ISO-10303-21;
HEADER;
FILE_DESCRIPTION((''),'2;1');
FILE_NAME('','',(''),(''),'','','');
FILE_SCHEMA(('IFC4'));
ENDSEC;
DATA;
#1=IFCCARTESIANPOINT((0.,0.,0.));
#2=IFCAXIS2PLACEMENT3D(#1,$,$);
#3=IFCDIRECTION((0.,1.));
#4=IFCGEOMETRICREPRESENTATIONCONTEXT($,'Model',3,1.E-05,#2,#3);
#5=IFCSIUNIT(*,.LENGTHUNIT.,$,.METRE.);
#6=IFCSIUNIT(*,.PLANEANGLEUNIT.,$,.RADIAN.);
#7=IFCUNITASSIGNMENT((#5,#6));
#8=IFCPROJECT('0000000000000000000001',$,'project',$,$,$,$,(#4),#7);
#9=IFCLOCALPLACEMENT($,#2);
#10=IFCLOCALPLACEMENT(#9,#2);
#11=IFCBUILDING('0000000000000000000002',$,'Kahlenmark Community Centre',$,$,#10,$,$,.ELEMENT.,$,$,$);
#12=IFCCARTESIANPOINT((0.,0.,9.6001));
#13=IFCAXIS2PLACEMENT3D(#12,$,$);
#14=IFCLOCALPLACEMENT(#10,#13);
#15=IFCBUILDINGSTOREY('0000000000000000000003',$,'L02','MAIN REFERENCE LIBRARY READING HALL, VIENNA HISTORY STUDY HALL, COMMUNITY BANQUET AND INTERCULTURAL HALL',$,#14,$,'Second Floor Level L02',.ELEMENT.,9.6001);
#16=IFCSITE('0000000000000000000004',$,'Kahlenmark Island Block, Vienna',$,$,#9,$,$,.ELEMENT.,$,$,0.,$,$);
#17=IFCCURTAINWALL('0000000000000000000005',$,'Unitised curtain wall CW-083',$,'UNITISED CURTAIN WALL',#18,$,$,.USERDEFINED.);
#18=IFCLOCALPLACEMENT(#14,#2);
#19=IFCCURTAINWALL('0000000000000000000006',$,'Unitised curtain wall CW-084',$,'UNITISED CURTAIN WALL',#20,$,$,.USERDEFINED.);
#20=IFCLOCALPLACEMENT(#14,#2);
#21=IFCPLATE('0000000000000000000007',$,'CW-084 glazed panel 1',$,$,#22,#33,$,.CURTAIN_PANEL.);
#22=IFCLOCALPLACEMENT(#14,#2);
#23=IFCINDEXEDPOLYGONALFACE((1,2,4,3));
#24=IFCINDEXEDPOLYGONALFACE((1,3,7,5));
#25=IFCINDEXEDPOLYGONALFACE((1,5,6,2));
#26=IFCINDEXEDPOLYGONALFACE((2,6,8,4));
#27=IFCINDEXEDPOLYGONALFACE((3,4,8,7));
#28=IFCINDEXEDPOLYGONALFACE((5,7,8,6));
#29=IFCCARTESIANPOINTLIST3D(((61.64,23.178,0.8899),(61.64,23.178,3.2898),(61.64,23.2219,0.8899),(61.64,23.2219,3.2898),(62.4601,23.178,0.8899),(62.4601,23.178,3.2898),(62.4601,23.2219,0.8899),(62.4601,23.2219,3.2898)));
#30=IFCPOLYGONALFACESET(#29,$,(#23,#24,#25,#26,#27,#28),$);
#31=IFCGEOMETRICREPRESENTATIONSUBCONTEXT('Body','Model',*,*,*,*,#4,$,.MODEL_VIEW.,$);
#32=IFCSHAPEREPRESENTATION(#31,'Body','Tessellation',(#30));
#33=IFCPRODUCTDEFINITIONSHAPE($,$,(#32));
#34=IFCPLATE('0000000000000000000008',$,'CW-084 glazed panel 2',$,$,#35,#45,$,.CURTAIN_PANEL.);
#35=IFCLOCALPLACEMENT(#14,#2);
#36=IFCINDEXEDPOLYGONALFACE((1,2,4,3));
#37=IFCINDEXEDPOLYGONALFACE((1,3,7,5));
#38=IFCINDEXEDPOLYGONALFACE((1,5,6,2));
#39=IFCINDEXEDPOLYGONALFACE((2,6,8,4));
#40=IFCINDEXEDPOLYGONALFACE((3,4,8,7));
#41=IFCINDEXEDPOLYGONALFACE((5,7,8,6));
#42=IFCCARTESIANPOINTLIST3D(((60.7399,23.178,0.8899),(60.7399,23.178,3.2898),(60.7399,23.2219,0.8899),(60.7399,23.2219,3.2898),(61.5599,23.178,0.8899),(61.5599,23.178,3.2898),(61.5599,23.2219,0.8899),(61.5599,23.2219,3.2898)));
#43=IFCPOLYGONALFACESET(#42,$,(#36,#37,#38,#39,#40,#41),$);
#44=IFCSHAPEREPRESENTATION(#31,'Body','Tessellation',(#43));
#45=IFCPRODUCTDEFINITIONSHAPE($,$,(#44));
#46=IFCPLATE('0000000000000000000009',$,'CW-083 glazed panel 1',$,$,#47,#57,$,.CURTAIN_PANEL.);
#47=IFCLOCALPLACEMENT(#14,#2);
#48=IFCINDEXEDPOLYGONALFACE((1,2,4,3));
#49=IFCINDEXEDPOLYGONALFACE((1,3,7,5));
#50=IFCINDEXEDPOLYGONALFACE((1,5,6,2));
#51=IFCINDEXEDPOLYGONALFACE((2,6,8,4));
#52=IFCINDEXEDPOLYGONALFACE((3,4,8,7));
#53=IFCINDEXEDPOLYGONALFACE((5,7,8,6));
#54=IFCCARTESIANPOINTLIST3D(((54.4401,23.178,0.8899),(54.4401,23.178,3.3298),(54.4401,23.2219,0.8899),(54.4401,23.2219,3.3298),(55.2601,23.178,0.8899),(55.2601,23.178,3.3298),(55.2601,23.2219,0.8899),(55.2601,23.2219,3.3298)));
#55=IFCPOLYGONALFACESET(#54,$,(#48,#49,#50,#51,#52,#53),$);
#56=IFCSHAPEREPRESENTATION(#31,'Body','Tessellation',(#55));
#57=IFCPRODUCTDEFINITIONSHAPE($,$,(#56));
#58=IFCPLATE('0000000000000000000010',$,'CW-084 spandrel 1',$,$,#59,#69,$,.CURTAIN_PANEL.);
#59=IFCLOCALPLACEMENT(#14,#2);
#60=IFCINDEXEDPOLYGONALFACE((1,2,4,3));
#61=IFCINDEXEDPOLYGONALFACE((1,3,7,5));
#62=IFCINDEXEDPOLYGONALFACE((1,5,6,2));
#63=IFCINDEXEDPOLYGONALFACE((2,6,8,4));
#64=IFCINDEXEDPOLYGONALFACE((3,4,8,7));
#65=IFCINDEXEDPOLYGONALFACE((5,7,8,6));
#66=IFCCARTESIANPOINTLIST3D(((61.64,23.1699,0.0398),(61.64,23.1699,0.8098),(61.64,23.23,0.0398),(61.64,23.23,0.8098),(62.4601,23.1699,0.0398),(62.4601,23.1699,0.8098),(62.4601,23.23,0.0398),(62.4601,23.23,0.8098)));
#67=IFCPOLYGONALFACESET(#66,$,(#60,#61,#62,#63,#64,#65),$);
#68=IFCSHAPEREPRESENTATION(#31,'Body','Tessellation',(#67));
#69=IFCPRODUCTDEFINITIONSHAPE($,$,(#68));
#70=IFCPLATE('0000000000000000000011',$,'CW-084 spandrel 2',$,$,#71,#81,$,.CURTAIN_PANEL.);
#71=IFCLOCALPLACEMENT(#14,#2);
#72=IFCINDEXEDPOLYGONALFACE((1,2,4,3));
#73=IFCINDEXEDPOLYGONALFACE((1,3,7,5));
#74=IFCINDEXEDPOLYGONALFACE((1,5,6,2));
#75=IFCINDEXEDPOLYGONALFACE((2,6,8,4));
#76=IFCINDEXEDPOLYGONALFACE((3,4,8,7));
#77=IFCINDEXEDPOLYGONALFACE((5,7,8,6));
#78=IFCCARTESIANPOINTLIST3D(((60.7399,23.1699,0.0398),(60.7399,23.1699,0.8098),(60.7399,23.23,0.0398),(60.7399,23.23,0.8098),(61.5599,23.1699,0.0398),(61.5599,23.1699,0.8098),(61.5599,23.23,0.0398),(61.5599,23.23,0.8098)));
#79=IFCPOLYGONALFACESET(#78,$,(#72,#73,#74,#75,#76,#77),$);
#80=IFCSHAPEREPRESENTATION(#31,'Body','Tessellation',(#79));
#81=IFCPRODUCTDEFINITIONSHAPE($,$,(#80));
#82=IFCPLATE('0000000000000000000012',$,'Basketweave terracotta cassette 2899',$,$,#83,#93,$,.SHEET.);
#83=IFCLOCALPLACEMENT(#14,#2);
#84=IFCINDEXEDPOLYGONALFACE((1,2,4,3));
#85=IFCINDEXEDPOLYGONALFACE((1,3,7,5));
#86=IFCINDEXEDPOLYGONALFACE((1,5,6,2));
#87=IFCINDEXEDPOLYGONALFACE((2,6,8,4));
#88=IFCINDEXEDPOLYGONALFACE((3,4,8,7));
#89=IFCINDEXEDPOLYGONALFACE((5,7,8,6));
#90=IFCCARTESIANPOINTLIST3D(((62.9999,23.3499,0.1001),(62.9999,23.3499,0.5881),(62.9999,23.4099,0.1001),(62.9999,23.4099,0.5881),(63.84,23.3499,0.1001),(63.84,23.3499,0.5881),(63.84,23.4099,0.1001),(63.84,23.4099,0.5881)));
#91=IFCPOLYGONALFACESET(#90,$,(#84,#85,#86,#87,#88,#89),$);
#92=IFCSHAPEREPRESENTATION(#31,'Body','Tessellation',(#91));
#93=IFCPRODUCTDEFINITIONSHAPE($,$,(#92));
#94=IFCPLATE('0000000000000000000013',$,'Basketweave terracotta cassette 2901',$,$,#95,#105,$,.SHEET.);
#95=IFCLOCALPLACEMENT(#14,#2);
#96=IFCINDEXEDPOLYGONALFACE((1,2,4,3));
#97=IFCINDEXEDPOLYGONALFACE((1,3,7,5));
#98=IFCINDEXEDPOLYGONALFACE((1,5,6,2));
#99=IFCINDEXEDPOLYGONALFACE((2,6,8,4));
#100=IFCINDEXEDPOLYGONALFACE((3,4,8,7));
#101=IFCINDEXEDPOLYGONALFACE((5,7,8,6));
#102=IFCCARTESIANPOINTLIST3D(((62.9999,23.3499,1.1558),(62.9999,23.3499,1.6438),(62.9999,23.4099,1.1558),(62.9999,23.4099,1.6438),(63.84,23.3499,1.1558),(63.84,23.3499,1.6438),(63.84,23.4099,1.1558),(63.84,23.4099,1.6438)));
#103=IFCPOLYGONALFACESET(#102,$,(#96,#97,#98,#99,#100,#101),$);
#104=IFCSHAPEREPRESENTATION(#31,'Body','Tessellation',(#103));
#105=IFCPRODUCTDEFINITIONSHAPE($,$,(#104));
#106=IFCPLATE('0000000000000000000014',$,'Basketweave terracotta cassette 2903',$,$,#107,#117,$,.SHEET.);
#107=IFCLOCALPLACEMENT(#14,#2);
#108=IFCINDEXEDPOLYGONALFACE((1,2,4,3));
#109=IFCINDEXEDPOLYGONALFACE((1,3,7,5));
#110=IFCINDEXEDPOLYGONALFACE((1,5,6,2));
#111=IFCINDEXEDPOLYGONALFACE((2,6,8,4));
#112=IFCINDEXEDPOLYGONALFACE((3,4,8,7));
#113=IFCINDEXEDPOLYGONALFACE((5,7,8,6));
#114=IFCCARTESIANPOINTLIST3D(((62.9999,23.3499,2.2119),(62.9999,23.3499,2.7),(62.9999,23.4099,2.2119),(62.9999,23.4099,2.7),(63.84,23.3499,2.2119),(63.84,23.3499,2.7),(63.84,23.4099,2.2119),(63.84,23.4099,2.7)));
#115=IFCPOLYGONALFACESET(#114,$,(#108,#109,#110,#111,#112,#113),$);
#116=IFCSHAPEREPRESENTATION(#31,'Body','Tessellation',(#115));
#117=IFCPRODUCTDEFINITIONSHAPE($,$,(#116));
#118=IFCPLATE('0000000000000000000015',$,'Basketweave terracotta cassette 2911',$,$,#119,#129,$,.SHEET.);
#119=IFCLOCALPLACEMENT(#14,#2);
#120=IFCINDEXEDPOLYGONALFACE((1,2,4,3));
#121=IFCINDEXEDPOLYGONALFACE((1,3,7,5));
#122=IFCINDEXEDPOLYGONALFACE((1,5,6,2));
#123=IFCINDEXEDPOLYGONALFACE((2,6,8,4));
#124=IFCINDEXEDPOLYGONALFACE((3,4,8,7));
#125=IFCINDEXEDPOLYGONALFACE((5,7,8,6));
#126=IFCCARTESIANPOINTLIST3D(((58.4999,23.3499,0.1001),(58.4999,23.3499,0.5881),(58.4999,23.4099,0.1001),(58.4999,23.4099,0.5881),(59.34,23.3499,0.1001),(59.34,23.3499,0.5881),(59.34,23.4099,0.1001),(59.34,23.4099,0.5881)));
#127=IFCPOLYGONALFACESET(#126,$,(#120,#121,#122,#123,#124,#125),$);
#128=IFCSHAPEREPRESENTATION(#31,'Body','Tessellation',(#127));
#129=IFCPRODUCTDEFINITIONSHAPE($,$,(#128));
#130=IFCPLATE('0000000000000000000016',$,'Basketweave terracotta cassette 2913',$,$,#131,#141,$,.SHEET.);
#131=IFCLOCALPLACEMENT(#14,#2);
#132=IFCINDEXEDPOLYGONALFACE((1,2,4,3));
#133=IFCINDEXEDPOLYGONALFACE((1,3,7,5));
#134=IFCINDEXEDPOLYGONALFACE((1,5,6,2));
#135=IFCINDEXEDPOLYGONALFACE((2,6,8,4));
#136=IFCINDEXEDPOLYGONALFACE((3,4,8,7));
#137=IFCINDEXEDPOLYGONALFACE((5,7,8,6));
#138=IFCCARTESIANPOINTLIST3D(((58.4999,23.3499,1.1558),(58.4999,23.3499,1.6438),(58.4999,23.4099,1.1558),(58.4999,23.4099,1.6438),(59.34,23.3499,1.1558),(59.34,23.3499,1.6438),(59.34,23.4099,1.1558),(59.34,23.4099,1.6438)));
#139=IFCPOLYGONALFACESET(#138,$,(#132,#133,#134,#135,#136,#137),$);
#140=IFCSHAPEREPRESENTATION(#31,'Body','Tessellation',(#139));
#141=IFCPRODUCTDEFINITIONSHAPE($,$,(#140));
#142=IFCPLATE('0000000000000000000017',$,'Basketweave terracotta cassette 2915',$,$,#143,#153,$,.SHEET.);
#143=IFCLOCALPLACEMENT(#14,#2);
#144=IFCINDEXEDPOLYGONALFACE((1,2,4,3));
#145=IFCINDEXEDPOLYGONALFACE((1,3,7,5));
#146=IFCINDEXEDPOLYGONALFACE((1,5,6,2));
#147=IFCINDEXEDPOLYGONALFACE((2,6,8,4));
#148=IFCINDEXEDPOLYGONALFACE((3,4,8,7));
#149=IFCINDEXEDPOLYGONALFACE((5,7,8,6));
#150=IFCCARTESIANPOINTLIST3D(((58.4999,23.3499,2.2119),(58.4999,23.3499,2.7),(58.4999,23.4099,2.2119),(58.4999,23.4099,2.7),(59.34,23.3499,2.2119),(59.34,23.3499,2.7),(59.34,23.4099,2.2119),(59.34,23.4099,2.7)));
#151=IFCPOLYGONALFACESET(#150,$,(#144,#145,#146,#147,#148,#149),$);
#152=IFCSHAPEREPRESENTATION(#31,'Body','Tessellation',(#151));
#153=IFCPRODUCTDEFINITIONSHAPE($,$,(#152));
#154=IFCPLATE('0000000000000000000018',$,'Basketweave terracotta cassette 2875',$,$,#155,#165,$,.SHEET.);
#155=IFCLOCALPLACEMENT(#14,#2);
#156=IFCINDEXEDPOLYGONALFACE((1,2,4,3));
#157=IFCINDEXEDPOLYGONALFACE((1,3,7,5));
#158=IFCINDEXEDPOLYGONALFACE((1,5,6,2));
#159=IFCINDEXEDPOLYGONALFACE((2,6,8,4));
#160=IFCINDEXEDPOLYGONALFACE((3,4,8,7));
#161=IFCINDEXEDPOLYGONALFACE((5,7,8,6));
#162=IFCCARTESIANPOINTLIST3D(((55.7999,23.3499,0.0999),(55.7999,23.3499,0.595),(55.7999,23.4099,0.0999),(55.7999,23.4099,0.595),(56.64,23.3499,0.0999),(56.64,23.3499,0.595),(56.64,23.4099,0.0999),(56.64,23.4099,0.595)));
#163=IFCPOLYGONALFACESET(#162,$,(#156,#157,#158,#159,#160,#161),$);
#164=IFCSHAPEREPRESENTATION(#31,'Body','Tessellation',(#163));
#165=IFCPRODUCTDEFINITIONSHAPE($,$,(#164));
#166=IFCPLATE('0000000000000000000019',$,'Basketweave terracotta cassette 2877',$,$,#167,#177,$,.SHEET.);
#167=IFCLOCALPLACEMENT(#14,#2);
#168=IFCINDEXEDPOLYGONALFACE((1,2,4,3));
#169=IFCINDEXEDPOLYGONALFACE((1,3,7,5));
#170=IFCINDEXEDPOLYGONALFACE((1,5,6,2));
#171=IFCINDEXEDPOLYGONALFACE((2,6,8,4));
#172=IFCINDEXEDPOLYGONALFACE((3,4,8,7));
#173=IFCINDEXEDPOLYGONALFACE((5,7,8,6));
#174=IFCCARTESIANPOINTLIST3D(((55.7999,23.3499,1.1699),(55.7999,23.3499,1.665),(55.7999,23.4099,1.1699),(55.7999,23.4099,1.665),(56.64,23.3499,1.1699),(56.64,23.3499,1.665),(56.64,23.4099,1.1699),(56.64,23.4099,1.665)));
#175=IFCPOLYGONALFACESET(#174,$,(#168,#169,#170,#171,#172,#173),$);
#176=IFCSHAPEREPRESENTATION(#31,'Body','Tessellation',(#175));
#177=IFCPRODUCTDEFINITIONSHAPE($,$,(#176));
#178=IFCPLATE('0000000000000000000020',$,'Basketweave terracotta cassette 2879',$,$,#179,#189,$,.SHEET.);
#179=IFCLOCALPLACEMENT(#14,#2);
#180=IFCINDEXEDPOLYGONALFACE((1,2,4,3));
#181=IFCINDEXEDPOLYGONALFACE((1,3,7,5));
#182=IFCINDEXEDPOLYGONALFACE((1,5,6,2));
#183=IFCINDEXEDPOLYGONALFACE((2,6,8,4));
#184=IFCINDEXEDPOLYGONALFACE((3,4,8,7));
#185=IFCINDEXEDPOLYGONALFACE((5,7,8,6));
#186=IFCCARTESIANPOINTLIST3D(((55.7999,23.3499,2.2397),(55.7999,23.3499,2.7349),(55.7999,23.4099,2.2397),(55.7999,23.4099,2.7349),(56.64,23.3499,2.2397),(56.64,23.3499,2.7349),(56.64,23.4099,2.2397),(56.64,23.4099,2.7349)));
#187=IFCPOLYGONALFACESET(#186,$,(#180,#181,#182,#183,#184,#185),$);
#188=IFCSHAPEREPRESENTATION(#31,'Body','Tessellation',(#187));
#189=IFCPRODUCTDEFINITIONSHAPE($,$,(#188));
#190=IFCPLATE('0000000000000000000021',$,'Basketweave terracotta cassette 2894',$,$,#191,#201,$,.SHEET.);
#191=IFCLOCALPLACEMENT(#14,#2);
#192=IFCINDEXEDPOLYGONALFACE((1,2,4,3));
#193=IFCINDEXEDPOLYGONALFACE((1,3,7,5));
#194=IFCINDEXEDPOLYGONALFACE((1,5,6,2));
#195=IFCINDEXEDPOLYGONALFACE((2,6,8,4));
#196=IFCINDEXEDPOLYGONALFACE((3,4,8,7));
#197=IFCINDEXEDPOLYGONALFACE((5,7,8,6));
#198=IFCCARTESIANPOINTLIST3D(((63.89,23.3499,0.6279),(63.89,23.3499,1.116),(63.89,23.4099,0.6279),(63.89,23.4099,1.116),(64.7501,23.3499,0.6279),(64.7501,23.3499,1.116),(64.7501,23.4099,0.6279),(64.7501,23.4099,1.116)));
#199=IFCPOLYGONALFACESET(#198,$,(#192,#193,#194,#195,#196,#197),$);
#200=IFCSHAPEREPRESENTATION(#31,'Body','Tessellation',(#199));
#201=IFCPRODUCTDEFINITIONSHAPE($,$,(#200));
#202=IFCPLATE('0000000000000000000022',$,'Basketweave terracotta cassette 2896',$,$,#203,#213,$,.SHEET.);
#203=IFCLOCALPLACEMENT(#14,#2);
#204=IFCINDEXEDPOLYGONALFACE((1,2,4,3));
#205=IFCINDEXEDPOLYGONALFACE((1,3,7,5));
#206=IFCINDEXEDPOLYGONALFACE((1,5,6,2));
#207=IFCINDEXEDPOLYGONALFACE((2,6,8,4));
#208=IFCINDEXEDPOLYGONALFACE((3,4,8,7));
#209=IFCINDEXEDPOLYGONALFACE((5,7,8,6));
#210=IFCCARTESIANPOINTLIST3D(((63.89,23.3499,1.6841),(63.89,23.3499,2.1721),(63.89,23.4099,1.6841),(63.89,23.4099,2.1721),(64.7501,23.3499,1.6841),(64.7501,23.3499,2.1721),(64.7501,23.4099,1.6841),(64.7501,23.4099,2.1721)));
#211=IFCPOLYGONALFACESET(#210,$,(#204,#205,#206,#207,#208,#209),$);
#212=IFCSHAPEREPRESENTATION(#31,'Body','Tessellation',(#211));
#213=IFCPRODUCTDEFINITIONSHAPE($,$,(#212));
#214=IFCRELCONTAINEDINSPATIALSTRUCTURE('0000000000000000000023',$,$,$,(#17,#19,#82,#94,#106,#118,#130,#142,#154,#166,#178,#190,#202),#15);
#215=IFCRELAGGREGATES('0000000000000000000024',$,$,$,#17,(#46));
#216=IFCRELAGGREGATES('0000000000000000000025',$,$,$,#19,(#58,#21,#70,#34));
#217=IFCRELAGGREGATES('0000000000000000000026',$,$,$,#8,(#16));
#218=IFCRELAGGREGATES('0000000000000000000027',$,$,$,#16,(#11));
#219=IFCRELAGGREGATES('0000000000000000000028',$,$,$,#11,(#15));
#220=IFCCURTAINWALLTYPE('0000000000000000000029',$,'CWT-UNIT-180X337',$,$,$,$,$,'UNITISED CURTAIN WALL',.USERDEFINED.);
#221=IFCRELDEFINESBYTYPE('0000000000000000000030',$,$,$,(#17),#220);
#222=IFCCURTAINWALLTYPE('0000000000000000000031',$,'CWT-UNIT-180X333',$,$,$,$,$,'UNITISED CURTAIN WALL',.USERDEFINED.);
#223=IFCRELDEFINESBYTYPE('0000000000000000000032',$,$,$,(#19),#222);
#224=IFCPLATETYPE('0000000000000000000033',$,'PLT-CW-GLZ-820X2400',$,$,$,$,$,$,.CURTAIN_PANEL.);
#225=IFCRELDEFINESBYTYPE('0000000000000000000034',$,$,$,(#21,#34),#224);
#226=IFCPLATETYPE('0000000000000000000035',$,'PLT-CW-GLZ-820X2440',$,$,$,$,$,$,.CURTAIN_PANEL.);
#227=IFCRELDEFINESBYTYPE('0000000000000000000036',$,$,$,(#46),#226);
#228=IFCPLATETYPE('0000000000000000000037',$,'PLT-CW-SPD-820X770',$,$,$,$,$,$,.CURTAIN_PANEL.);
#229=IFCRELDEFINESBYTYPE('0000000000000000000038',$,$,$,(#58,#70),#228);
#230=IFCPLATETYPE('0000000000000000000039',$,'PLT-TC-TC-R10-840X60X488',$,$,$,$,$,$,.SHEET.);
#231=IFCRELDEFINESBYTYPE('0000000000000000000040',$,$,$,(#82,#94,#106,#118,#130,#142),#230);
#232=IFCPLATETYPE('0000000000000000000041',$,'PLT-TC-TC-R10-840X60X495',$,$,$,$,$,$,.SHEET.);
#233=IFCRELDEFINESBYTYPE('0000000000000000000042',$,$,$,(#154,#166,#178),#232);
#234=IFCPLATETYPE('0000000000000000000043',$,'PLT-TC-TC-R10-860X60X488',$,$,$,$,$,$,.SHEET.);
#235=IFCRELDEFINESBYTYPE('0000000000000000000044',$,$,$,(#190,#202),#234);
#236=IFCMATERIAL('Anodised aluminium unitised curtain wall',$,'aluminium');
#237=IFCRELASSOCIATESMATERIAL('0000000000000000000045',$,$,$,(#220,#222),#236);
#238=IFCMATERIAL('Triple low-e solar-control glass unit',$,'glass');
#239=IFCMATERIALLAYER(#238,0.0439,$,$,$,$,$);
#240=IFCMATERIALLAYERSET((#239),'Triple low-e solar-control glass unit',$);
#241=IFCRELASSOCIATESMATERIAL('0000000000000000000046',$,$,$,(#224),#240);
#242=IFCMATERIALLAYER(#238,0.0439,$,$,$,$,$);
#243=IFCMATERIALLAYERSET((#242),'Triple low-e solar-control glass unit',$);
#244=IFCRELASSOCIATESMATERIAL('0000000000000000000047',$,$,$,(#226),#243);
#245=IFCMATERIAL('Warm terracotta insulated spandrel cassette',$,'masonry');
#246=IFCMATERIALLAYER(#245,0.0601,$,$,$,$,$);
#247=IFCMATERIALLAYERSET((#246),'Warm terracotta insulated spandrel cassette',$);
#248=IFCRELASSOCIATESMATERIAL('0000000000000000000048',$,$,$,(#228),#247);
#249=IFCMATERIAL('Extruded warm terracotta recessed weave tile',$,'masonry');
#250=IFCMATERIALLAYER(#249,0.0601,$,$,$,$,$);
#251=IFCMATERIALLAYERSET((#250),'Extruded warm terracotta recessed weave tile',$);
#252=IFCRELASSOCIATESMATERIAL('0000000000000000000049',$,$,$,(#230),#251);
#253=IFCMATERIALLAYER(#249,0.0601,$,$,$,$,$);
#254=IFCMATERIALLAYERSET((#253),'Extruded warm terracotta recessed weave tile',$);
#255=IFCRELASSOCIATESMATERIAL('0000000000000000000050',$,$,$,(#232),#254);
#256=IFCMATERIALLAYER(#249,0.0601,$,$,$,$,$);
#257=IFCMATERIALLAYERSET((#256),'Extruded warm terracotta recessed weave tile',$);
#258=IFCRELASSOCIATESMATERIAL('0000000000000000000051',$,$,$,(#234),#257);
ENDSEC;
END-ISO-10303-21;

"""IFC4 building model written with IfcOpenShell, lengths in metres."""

from ifc_helpers import new_model, si_unit, direction, frame, origin, origin_2d, place, context, subcontext, project, spatial, rectangle, extrude, material, layer, layer_set, type_object, element, aggregate, save


model = new_model("IFC4")

# Units and contexts
model_context = context("Model", 3, precision=1e-05, world=origin(), true_north=direction((0.0, 1.0)))
body_context = subcontext(model_context, "Body", "Model", "MODEL_VIEW")
ifc_project = project(units=[si_unit("LENGTHUNIT", "METRE"), si_unit("PLANEANGLEUNIT", "RADIAN")], contexts=[model_context])

# Site, building, storey
site_placement = place(None, origin())
site = spatial("IfcSite", under=ifc_project, at=site_placement, Name="Kahlenmark Island Block, Vienna", CompositionType="ELEMENT", RefElevation=0.0)
building_placement = place(site_placement, origin())
building = spatial("IfcBuilding", under=site, at=building_placement, Name="Kahlenmark Community Centre", CompositionType="ELEMENT")
storey_placement = place(building_placement, frame((0.0, 0.0, 9.6001)))
storey = spatial("IfcBuildingStorey", under=building, at=storey_placement, Name="L02", Description="MAIN REFERENCE LIBRARY READING HALL, VIENNA HISTORY STUDY HALL, COMMUNITY BANQUET AND INTERCULTURAL HALL", LongName="Second Floor Level L02", CompositionType="ELEMENT", Elevation=9.6001)

# Curtain wall
ifc_material_1 = material(Name="Anodised aluminium unitised curtain wall", Category="aluminium")
curtain_wall_type_1 = type_object("IfcCurtainWallType", Name="CWT-UNIT-180X337", ElementType="UNITISED CURTAIN WALL", PredefinedType="USERDEFINED", material=ifc_material_1)
curtain_wall_1_placement = place(storey_placement, origin())
curtain_wall_1 = element("IfcCurtainWall", 1, at=curtain_wall_1_placement, inside=storey, type_object=curtain_wall_type_1, Name="Unitised curtain wall CW-083", ObjectType="UNITISED CURTAIN WALL", PredefinedType="USERDEFINED")

# Curtain wall
curtain_wall_type_2 = type_object("IfcCurtainWallType", Name="CWT-UNIT-180X333", ElementType="UNITISED CURTAIN WALL", PredefinedType="USERDEFINED", material=ifc_material_1)
curtain_wall_2_placement = place(storey_placement, origin())
curtain_wall_2 = element("IfcCurtainWall", 2, at=curtain_wall_2_placement, inside=storey, type_object=curtain_wall_type_2, Name="Unitised curtain wall CW-084", ObjectType="UNITISED CURTAIN WALL", PredefinedType="USERDEFINED")

# Plates
ifc_material_2 = material(Name="Triple low-e solar-control glass unit", Category="glass")
ifc_layer_1 = layer(ifc_material_2, 0.0439)
ifc_layer_set_1 = layer_set([ifc_layer_1], Name="Triple low-e solar-control glass unit")
plate_type_1 = type_object("IfcPlateType", Name="PLT-CW-GLZ-820X2400", PredefinedType="CURTAIN_PANEL", material=ifc_layer_set_1)
plate_1_placement = place(storey_placement, frame((62.05, 23.2, 0.8899), z_axis=(0.0, 0.0, 1.0), x_axis=(-1.0, 0.0, 0.0)))
plate_1 = element("IfcPlate", 3, at=plate_1_placement, type_object=plate_type_1, Name="CW-084 glazed panel 1", PredefinedType="CURTAIN_PANEL", context=body_context, shape_type="SweptSolid", body=[
    extrude(rectangle(XDim=0.8201, YDim=0.0439, at=origin_2d()), origin(), (0.0, 0.0, 1.0), 2.3999),
])
plate_2_placement = place(storey_placement, frame((61.1499, 23.2, 0.8899), z_axis=(0.0, 0.0, 1.0), x_axis=(-1.0, 0.0, 0.0)))
plate_2 = element("IfcPlate", 4, at=plate_2_placement, type_object=plate_type_1, Name="CW-084 glazed panel 2", PredefinedType="CURTAIN_PANEL", context=body_context, shape_type="SweptSolid", body=[
    extrude(rectangle(XDim=0.8201, YDim=0.0439, at=origin_2d()), origin(), (0.0, 0.0, 1.0), 2.3999),
])
ifc_layer_2 = layer(ifc_material_2, 0.0439)
ifc_layer_set_2 = layer_set([ifc_layer_2], Name="Triple low-e solar-control glass unit")
plate_type_2 = type_object("IfcPlateType", Name="PLT-CW-GLZ-820X2440", PredefinedType="CURTAIN_PANEL", material=ifc_layer_set_2)
plate_3_placement = place(storey_placement, frame((54.8501, 23.2, 0.8899), z_axis=(0.0, 0.0, 1.0), x_axis=(-1.0, 0.0, 0.0)))
plate_3 = element("IfcPlate", 5, at=plate_3_placement, type_object=plate_type_2, Name="CW-083 glazed panel 1", PredefinedType="CURTAIN_PANEL", context=body_context, shape_type="SweptSolid", body=[
    extrude(rectangle(XDim=0.8201, YDim=0.0439, at=origin_2d()), origin(), (0.0, 0.0, 1.0), 2.4399),
])
aggregate(curtain_wall_1, [plate_3])
ifc_material_3 = material(Name="Warm terracotta insulated spandrel cassette", Category="masonry")
ifc_layer_3 = layer(ifc_material_3, 0.0601)
ifc_layer_set_3 = layer_set([ifc_layer_3], Name="Warm terracotta insulated spandrel cassette")
plate_type_3 = type_object("IfcPlateType", Name="PLT-CW-SPD-820X770", PredefinedType="CURTAIN_PANEL", material=ifc_layer_set_3)
plate_4_placement = place(storey_placement, frame((62.05, 23.2, 0.0398), z_axis=(0.0, 0.0, 1.0), x_axis=(-1.0, 0.0, 0.0)))
plate_4 = element("IfcPlate", 6, at=plate_4_placement, type_object=plate_type_3, Name="CW-084 spandrel 1", PredefinedType="CURTAIN_PANEL", context=body_context, shape_type="SweptSolid", body=[
    extrude(rectangle(XDim=0.8201, YDim=0.0601, at=origin_2d()), origin(), (0.0, 0.0, 1.0), 0.77),
])
plate_5_placement = place(storey_placement, frame((61.1499, 23.2, 0.0398), z_axis=(0.0, 0.0, 1.0), x_axis=(-1.0, 0.0, 0.0)))
plate_5 = element("IfcPlate", 7, at=plate_5_placement, type_object=plate_type_3, Name="CW-084 spandrel 2", PredefinedType="CURTAIN_PANEL", context=body_context, shape_type="SweptSolid", body=[
    extrude(rectangle(XDim=0.8201, YDim=0.0601, at=origin_2d()), origin(), (0.0, 0.0, 1.0), 0.77),
])
aggregate(curtain_wall_2, [plate_4, plate_1, plate_5, plate_2])

# Plates
ifc_material_4 = material(Name="Extruded warm terracotta recessed weave tile", Category="masonry")
ifc_layer_4 = layer(ifc_material_4, 0.0601)
ifc_layer_set_4 = layer_set([ifc_layer_4], Name="Extruded warm terracotta recessed weave tile")
plate_type_4 = type_object("IfcPlateType", Name="PLT-TC-TC-R10-840X60X488", PredefinedType="SHEET", material=ifc_layer_set_4)
for number, where, z_axis, x_axis, name in (
    (8, (63.4199, 23.3799, 0.1001), (0.0, 0.0, 1.0), (-1.0, 0.0, 0.0), "Basketweave terracotta cassette 2899"),
    (9, (63.4199, 23.3799, 1.1558), (0.0, 0.0, 1.0), (-1.0, 0.0, 0.0), "Basketweave terracotta cassette 2901"),
    (10, (63.4199, 23.3799, 2.2119), (0.0, 0.0, 1.0), (-1.0, 0.0, 0.0), "Basketweave terracotta cassette 2903"),
    (11, (58.9199, 23.3799, 0.1001), (0.0, 0.0, 1.0), (-1.0, 0.0, 0.0), "Basketweave terracotta cassette 2911"),
    (12, (58.9199, 23.3799, 1.1558), (0.0, 0.0, 1.0), (-1.0, 0.0, 0.0), "Basketweave terracotta cassette 2913"),
    (13, (58.9199, 23.3799, 2.2119), (0.0, 0.0, 1.0), (-1.0, 0.0, 0.0), "Basketweave terracotta cassette 2915"),
):
    element("IfcPlate", number, at=place(storey_placement, frame(where, z_axis=z_axis, x_axis=x_axis)), inside=storey, type_object=plate_type_4, Name=name, PredefinedType="SHEET", context=body_context, shape_type="SweptSolid", body=[
        extrude(rectangle(XDim=0.8401, YDim=0.0601, at=origin_2d()), origin(), (0.0, 0.0, 1.0), 0.488),
    ])
ifc_layer_5 = layer(ifc_material_4, 0.0601)
ifc_layer_set_5 = layer_set([ifc_layer_5], Name="Extruded warm terracotta recessed weave tile")
plate_type_5 = type_object("IfcPlateType", Name="PLT-TC-TC-R10-840X60X495", PredefinedType="SHEET", material=ifc_layer_set_5)
for number, where, z_axis, x_axis, name in (
    (14, (56.22, 23.3799, 0.0999), (0.0, 0.0, 1.0), (-1.0, 0.0, 0.0), "Basketweave terracotta cassette 2875"),
    (15, (56.22, 23.3799, 1.1699), (0.0, 0.0, 1.0), (-1.0, 0.0, 0.0), "Basketweave terracotta cassette 2877"),
    (16, (56.22, 23.3799, 2.2397), (0.0, 0.0, 1.0), (-1.0, 0.0, 0.0), "Basketweave terracotta cassette 2879"),
):
    element("IfcPlate", number, at=place(storey_placement, frame(where, z_axis=z_axis, x_axis=x_axis)), inside=storey, type_object=plate_type_5, Name=name, PredefinedType="SHEET", context=body_context, shape_type="SweptSolid", body=[
        extrude(rectangle(XDim=0.8401, YDim=0.0601, at=origin_2d()), origin(), (0.0, 0.0, 1.0), 0.4951),
    ])
ifc_layer_6 = layer(ifc_material_4, 0.0601)
ifc_layer_set_6 = layer_set([ifc_layer_6], Name="Extruded warm terracotta recessed weave tile")
plate_type_6 = type_object("IfcPlateType", Name="PLT-TC-TC-R10-860X60X488", PredefinedType="SHEET", material=ifc_layer_set_6)
for number, where, z_axis, x_axis, name in (
    (17, (64.3201, 23.3799, 0.6279), (0.0, 0.0, 1.0), (-1.0, 0.0, 0.0), "Basketweave terracotta cassette 2894"),
    (18, (64.3201, 23.3799, 1.6841), (0.0, 0.0, 1.0), (-1.0, 0.0, 0.0), "Basketweave terracotta cassette 2896"),
):
    element("IfcPlate", number, at=place(storey_placement, frame(where, z_axis=z_axis, x_axis=x_axis)), inside=storey, type_object=plate_type_6, Name=name, PredefinedType="SHEET", context=body_context, shape_type="SweptSolid", body=[
        extrude(rectangle(XDim=0.8601, YDim=0.0601, at=origin_2d()), origin(), (0.0, 0.0, 1.0), 0.488),
    ])

save(model, "model.ifc")
